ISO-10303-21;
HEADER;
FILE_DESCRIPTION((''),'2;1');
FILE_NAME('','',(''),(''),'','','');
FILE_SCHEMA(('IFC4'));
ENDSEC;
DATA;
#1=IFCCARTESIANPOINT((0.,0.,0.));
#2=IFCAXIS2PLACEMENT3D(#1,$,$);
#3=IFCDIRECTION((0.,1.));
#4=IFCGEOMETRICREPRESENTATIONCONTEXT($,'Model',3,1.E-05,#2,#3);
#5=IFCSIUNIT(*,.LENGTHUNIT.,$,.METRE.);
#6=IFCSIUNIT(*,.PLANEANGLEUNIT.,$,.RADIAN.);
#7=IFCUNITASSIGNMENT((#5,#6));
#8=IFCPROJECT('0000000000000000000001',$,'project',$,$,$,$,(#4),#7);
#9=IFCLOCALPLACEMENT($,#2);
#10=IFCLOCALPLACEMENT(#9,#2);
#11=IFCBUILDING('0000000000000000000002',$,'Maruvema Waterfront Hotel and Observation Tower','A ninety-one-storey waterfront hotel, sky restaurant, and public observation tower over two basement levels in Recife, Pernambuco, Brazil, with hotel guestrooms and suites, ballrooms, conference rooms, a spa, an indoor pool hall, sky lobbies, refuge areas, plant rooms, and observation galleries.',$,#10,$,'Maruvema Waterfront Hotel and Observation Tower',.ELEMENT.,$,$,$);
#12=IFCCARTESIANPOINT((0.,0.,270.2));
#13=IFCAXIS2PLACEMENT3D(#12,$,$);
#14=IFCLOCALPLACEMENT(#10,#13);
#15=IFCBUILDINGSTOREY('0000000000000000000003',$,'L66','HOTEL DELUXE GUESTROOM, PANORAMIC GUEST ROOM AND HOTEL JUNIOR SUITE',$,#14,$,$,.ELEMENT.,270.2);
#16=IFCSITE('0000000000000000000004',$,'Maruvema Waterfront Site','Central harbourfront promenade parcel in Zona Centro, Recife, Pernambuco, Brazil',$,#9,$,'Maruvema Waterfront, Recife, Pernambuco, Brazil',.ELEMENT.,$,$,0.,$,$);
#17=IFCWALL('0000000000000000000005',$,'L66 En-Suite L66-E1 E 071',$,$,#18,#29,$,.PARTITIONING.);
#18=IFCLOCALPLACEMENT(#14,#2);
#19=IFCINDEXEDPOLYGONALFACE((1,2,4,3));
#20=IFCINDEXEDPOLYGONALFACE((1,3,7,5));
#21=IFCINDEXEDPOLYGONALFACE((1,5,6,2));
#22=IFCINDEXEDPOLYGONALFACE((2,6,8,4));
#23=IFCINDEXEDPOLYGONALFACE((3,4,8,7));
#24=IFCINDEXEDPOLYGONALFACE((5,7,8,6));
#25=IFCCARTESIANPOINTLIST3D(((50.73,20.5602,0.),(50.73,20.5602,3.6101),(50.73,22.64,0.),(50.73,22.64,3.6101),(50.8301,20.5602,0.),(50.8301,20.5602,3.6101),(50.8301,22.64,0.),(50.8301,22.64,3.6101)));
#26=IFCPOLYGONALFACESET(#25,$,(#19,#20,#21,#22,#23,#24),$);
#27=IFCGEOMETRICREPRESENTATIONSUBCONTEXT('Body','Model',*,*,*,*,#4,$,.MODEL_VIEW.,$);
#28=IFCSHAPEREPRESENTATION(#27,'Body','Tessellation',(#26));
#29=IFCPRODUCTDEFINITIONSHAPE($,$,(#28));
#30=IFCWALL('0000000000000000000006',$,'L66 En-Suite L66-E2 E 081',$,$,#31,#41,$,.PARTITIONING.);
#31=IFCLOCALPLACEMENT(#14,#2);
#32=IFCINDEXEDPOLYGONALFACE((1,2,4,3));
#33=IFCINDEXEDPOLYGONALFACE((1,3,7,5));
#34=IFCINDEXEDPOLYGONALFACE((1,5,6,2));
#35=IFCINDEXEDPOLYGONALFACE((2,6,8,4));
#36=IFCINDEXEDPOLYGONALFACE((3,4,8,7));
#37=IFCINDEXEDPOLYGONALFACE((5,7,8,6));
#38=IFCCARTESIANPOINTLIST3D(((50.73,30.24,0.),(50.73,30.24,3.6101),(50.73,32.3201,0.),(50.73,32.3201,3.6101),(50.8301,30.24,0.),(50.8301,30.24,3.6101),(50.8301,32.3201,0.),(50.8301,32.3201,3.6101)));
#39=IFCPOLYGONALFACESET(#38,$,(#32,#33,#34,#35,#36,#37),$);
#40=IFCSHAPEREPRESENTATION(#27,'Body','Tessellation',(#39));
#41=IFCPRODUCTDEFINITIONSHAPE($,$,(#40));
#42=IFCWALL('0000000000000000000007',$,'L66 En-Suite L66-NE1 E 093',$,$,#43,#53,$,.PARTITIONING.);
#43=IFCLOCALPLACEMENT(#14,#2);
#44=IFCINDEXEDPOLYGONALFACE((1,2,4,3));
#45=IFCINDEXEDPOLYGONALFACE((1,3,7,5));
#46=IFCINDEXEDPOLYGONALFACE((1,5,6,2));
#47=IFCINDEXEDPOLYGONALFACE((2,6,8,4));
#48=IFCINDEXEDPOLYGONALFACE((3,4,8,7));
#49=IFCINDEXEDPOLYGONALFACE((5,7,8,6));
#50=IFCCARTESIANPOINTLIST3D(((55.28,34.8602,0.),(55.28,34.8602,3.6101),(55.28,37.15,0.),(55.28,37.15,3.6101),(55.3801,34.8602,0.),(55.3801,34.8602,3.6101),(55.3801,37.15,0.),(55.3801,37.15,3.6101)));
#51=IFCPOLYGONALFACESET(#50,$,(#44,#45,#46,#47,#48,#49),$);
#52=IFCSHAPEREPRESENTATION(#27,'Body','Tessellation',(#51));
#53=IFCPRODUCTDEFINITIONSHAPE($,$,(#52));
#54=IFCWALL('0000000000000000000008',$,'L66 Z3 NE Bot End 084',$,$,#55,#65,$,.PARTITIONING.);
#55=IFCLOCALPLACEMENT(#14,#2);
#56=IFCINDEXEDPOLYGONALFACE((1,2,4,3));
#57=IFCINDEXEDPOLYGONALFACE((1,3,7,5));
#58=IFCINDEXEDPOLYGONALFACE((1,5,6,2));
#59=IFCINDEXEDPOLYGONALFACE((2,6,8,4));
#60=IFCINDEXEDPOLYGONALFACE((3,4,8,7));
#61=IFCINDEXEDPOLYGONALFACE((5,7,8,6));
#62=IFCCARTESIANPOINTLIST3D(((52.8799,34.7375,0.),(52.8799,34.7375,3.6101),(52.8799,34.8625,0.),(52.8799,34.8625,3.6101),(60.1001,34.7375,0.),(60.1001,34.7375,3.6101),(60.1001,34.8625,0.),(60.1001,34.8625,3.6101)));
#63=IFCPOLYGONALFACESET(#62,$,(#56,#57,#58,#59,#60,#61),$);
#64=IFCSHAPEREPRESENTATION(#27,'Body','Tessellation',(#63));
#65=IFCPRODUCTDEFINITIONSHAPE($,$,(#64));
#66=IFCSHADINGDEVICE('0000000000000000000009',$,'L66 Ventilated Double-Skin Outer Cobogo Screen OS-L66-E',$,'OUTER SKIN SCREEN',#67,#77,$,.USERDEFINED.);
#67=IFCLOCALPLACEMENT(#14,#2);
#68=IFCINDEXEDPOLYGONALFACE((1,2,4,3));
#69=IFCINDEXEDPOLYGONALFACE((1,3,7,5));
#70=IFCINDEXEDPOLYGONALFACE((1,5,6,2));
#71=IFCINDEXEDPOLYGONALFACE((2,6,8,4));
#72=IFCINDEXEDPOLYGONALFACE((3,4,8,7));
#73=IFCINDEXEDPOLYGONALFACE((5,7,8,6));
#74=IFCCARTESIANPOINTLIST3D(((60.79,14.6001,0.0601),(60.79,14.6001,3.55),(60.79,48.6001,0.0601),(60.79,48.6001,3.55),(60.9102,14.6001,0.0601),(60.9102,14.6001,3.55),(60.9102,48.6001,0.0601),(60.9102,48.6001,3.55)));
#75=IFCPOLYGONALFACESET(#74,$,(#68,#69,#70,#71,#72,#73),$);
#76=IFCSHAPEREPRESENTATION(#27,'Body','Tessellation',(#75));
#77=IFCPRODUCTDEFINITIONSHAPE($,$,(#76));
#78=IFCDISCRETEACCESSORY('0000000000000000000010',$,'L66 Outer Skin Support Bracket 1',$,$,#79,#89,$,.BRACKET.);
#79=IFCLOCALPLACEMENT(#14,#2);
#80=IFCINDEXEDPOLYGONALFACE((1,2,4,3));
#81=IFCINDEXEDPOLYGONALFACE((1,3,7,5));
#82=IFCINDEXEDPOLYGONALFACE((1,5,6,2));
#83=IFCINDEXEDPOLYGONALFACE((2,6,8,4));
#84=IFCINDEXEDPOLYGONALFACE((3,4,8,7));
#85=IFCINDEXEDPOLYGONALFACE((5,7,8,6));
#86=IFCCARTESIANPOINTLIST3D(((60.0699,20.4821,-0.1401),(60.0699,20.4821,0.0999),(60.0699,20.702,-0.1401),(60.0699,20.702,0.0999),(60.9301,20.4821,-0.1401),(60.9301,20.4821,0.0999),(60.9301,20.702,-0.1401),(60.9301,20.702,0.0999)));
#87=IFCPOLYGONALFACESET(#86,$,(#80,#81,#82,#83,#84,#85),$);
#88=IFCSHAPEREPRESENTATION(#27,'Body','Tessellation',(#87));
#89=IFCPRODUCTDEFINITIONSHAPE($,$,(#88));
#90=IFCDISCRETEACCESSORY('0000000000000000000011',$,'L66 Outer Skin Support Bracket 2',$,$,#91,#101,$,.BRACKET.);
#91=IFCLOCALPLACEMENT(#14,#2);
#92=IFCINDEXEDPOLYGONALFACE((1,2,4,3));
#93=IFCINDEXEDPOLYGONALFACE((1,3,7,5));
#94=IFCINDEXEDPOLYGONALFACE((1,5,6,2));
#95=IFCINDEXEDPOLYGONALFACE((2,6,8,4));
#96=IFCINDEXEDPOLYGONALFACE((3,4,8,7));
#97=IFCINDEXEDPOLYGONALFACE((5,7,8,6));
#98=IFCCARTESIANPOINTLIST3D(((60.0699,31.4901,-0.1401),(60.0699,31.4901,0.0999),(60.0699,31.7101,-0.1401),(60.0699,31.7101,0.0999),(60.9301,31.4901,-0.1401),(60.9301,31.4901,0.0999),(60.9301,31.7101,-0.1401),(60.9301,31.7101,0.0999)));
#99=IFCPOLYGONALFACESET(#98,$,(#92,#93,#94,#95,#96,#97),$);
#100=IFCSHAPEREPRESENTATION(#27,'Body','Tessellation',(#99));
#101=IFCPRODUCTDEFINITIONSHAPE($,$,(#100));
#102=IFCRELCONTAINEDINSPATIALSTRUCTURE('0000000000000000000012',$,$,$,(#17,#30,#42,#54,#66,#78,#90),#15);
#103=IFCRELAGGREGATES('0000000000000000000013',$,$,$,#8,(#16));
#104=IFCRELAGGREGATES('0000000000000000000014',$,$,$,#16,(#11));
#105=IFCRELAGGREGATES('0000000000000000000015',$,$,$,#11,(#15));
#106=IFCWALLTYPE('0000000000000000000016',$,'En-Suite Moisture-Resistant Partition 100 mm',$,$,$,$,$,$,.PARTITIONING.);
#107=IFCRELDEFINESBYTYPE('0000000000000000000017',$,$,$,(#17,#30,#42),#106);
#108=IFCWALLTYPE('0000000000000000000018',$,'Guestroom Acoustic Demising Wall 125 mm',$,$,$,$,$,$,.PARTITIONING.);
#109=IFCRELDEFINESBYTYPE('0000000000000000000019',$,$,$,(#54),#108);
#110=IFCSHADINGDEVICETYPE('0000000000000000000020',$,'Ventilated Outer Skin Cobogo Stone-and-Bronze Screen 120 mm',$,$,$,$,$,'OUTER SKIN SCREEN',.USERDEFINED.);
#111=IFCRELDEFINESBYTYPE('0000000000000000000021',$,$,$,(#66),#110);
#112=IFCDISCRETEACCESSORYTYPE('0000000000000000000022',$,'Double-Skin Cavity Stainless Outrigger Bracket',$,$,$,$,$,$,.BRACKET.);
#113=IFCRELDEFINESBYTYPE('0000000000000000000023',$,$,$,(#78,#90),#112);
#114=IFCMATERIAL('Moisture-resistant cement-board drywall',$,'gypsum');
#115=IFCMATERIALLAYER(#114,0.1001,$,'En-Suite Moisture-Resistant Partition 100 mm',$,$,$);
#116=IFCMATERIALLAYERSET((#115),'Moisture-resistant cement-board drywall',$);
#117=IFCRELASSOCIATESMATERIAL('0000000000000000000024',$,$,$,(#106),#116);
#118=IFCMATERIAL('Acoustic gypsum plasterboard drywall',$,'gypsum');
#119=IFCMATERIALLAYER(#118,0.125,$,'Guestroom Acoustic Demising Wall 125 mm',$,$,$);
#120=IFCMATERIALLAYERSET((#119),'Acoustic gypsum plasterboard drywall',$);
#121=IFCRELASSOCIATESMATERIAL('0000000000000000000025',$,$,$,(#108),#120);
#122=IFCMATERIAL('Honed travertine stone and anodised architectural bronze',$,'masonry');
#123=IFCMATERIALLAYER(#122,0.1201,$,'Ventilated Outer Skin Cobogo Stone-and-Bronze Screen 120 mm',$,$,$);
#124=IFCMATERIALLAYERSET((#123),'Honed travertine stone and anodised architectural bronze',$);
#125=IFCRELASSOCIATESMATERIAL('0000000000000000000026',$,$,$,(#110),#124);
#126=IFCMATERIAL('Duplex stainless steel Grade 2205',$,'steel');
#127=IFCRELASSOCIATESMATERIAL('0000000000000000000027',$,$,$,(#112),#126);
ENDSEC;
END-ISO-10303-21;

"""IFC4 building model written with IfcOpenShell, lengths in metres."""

from ifc_helpers import new_model, si_unit, direction, frame, frame_2d, origin, origin_2d, place, context, subcontext, project, spatial, rectangle, extrude, material, layer, layer_set, type_object, element, save


model = new_model("IFC4")

# Units and contexts
model_context = context("Model", 3, precision=1e-05, world=origin(), true_north=direction((0.0, 1.0)))
body_context = subcontext(model_context, "Body", "Model", "MODEL_VIEW")
ifc_project = project(units=[si_unit("LENGTHUNIT", "METRE"), si_unit("PLANEANGLEUNIT", "RADIAN")], contexts=[model_context])

# Site, building, storey
site_placement = place(None, origin())
site = spatial("IfcSite", under=ifc_project, at=site_placement, Name="Maruvema Waterfront Site", Description="Central harbourfront promenade parcel in Zona Centro, Recife, Pernambuco, Brazil", LongName="Maruvema Waterfront, Recife, Pernambuco, Brazil", CompositionType="ELEMENT", RefElevation=0.0)
building_placement = place(site_placement, origin())
building = spatial("IfcBuilding", under=site, at=building_placement, Name="Maruvema Waterfront Hotel and Observation Tower", Description="A ninety-one-storey waterfront hotel, sky restaurant, and public observation tower over two basement levels in Recife, Pernambuco, Brazil, with hotel guestrooms and suites, ballrooms, conference rooms, a spa, an indoor pool hall, sky lobbies, refuge areas, plant rooms, and observation galleries.", LongName="Maruvema Waterfront Hotel and Observation Tower", CompositionType="ELEMENT")
storey_placement = place(building_placement, frame((0.0, 0.0, 270.2)))
storey = spatial("IfcBuildingStorey", under=building, at=storey_placement, Name="L66", Description="HOTEL DELUXE GUESTROOM, PANORAMIC GUEST ROOM AND HOTEL JUNIOR SUITE", CompositionType="ELEMENT", Elevation=270.2)

# Walls
ifc_material_1 = material(Name="Moisture-resistant cement-board drywall", Category="gypsum")
ifc_layer_1 = layer(ifc_material_1, 0.1001, Name="En-Suite Moisture-Resistant Partition 100 mm")
ifc_layer_set_1 = layer_set([ifc_layer_1], Name="Moisture-resistant cement-board drywall")
wall_type_1 = type_object("IfcWallType", Name="En-Suite Moisture-Resistant Partition 100 mm", PredefinedType="PARTITIONING", material=ifc_layer_set_1)
wall_1_placement = place(storey_placement, frame((50.78, 20.5601, 0.0), z_axis=(0.0, 0.0, 1.0), x_axis=(0.0, 1.0, 0.0)))
element("IfcWall", 1, at=wall_1_placement, inside=storey, type_object=wall_type_1, Name="L66 En-Suite L66-E1 E 071", PredefinedType="PARTITIONING", context=body_context, shape_type="SweptSolid", body=[
    extrude(rectangle(XDim=2.0798, YDim=0.1001, at=frame_2d((1.04, 0.0))), origin(), (0.0, 0.0, 1.0), 3.6101),
])
wall_2_placement = place(storey_placement, frame((50.78, 30.24, 0.0), z_axis=(0.0, 0.0, 1.0), x_axis=(0.0, 1.0, 0.0)))
element("IfcWall", 2, at=wall_2_placement, inside=storey, type_object=wall_type_1, Name="L66 En-Suite L66-E2 E 081", PredefinedType="PARTITIONING", context=body_context, shape_type="SweptSolid", body=[
    extrude(rectangle(XDim=2.0801, YDim=0.1001, at=frame_2d((1.04, 0.0))), origin(), (0.0, 0.0, 1.0), 3.6101),
])
wall_3_placement = place(storey_placement, frame((55.3301, 34.8601, 0.0), z_axis=(0.0, 0.0, 1.0), x_axis=(0.0, 1.0, 0.0)))
element("IfcWall", 3, at=wall_3_placement, inside=storey, type_object=wall_type_1, Name="L66 En-Suite L66-NE1 E 093", PredefinedType="PARTITIONING", context=body_context, shape_type="SweptSolid", body=[
    extrude(rectangle(XDim=2.2898, YDim=0.1001, at=frame_2d((1.145, 0.0))), origin(), (0.0, 0.0, 1.0), 3.6101),
])
ifc_material_2 = material(Name="Acoustic gypsum plasterboard drywall", Category="gypsum")
ifc_layer_2 = layer(ifc_material_2, 0.125, Name="Guestroom Acoustic Demising Wall 125 mm")
ifc_layer_set_2 = layer_set([ifc_layer_2], Name="Acoustic gypsum plasterboard drywall")
wall_type_2 = type_object("IfcWallType", Name="Guestroom Acoustic Demising Wall 125 mm", PredefinedType="PARTITIONING", material=ifc_layer_set_2)
wall_4_placement = place(storey_placement, frame((52.8799, 34.8, 0.0), z_axis=(0.0, 0.0, 1.0), x_axis=(1.0, 0.0, 0.0)))
element("IfcWall", 4, at=wall_4_placement, inside=storey, type_object=wall_type_2, Name="L66 Z3 NE Bot End 084", PredefinedType="PARTITIONING", context=body_context, shape_type="SweptSolid", body=[
    extrude(rectangle(XDim=7.2202, YDim=0.125, at=frame_2d((3.6101, 0.0))), origin(), (0.0, 0.0, 1.0), 3.6101),
])

# Shading device
ifc_material_3 = material(Name="Honed travertine stone and anodised architectural bronze", Category="masonry")
ifc_layer_3 = layer(ifc_material_3, 0.1201, Name="Ventilated Outer Skin Cobogo Stone-and-Bronze Screen 120 mm")
ifc_layer_set_3 = layer_set([ifc_layer_3], Name="Honed travertine stone and anodised architectural bronze")
shading_device_type = type_object("IfcShadingDeviceType", Name="Ventilated Outer Skin Cobogo Stone-and-Bronze Screen 120 mm", ElementType="OUTER SKIN SCREEN", PredefinedType="USERDEFINED", material=ifc_layer_set_3)
shading_device_placement = place(storey_placement, frame((60.8501, 31.6001, 0.0601), z_axis=(0.0, 0.0, 1.0), x_axis=(0.0, 1.0, 0.0)))
element("IfcShadingDevice", 5, at=shading_device_placement, inside=storey, type_object=shading_device_type, Name="L66 Ventilated Double-Skin Outer Cobogo Screen OS-L66-E", ObjectType="OUTER SKIN SCREEN", PredefinedType="USERDEFINED", context=body_context, shape_type="SweptSolid", body=[
    extrude(rectangle(XDim=34.0, YDim=0.1201, at=origin_2d()), origin(), (0.0, 0.0, 1.0), 3.49),
])

# Discrete accessories
ifc_material_4 = material(Name="Duplex stainless steel Grade 2205", Category="steel")
discrete_accessory_type = type_object("IfcDiscreteAccessoryType", Name="Double-Skin Cavity Stainless Outrigger Bracket", PredefinedType="BRACKET", material=ifc_material_4)
for number, where, z_axis, x_axis, name in (
    (6, (60.5, 20.592, -0.1401), (0.0, 0.0, 1.0), (0.0, 1.0, 0.0), "L66 Outer Skin Support Bracket 1"),
    (7, (60.5, 31.6001, -0.1401), (0.0, 0.0, 1.0), (0.0, 1.0, 0.0), "L66 Outer Skin Support Bracket 2"),
):
    element("IfcDiscreteAccessory", number, at=place(storey_placement, frame(where, z_axis=z_axis, x_axis=x_axis)), inside=storey, type_object=discrete_accessory_type, Name=name, PredefinedType="BRACKET", context=body_context, shape_type="SweptSolid", body=[
        extrude(rectangle(XDim=0.22, YDim=0.8601, at=origin_2d()), origin(), (0.0, 0.0, 1.0), 0.24),
    ])

save(model, "model.ifc")
